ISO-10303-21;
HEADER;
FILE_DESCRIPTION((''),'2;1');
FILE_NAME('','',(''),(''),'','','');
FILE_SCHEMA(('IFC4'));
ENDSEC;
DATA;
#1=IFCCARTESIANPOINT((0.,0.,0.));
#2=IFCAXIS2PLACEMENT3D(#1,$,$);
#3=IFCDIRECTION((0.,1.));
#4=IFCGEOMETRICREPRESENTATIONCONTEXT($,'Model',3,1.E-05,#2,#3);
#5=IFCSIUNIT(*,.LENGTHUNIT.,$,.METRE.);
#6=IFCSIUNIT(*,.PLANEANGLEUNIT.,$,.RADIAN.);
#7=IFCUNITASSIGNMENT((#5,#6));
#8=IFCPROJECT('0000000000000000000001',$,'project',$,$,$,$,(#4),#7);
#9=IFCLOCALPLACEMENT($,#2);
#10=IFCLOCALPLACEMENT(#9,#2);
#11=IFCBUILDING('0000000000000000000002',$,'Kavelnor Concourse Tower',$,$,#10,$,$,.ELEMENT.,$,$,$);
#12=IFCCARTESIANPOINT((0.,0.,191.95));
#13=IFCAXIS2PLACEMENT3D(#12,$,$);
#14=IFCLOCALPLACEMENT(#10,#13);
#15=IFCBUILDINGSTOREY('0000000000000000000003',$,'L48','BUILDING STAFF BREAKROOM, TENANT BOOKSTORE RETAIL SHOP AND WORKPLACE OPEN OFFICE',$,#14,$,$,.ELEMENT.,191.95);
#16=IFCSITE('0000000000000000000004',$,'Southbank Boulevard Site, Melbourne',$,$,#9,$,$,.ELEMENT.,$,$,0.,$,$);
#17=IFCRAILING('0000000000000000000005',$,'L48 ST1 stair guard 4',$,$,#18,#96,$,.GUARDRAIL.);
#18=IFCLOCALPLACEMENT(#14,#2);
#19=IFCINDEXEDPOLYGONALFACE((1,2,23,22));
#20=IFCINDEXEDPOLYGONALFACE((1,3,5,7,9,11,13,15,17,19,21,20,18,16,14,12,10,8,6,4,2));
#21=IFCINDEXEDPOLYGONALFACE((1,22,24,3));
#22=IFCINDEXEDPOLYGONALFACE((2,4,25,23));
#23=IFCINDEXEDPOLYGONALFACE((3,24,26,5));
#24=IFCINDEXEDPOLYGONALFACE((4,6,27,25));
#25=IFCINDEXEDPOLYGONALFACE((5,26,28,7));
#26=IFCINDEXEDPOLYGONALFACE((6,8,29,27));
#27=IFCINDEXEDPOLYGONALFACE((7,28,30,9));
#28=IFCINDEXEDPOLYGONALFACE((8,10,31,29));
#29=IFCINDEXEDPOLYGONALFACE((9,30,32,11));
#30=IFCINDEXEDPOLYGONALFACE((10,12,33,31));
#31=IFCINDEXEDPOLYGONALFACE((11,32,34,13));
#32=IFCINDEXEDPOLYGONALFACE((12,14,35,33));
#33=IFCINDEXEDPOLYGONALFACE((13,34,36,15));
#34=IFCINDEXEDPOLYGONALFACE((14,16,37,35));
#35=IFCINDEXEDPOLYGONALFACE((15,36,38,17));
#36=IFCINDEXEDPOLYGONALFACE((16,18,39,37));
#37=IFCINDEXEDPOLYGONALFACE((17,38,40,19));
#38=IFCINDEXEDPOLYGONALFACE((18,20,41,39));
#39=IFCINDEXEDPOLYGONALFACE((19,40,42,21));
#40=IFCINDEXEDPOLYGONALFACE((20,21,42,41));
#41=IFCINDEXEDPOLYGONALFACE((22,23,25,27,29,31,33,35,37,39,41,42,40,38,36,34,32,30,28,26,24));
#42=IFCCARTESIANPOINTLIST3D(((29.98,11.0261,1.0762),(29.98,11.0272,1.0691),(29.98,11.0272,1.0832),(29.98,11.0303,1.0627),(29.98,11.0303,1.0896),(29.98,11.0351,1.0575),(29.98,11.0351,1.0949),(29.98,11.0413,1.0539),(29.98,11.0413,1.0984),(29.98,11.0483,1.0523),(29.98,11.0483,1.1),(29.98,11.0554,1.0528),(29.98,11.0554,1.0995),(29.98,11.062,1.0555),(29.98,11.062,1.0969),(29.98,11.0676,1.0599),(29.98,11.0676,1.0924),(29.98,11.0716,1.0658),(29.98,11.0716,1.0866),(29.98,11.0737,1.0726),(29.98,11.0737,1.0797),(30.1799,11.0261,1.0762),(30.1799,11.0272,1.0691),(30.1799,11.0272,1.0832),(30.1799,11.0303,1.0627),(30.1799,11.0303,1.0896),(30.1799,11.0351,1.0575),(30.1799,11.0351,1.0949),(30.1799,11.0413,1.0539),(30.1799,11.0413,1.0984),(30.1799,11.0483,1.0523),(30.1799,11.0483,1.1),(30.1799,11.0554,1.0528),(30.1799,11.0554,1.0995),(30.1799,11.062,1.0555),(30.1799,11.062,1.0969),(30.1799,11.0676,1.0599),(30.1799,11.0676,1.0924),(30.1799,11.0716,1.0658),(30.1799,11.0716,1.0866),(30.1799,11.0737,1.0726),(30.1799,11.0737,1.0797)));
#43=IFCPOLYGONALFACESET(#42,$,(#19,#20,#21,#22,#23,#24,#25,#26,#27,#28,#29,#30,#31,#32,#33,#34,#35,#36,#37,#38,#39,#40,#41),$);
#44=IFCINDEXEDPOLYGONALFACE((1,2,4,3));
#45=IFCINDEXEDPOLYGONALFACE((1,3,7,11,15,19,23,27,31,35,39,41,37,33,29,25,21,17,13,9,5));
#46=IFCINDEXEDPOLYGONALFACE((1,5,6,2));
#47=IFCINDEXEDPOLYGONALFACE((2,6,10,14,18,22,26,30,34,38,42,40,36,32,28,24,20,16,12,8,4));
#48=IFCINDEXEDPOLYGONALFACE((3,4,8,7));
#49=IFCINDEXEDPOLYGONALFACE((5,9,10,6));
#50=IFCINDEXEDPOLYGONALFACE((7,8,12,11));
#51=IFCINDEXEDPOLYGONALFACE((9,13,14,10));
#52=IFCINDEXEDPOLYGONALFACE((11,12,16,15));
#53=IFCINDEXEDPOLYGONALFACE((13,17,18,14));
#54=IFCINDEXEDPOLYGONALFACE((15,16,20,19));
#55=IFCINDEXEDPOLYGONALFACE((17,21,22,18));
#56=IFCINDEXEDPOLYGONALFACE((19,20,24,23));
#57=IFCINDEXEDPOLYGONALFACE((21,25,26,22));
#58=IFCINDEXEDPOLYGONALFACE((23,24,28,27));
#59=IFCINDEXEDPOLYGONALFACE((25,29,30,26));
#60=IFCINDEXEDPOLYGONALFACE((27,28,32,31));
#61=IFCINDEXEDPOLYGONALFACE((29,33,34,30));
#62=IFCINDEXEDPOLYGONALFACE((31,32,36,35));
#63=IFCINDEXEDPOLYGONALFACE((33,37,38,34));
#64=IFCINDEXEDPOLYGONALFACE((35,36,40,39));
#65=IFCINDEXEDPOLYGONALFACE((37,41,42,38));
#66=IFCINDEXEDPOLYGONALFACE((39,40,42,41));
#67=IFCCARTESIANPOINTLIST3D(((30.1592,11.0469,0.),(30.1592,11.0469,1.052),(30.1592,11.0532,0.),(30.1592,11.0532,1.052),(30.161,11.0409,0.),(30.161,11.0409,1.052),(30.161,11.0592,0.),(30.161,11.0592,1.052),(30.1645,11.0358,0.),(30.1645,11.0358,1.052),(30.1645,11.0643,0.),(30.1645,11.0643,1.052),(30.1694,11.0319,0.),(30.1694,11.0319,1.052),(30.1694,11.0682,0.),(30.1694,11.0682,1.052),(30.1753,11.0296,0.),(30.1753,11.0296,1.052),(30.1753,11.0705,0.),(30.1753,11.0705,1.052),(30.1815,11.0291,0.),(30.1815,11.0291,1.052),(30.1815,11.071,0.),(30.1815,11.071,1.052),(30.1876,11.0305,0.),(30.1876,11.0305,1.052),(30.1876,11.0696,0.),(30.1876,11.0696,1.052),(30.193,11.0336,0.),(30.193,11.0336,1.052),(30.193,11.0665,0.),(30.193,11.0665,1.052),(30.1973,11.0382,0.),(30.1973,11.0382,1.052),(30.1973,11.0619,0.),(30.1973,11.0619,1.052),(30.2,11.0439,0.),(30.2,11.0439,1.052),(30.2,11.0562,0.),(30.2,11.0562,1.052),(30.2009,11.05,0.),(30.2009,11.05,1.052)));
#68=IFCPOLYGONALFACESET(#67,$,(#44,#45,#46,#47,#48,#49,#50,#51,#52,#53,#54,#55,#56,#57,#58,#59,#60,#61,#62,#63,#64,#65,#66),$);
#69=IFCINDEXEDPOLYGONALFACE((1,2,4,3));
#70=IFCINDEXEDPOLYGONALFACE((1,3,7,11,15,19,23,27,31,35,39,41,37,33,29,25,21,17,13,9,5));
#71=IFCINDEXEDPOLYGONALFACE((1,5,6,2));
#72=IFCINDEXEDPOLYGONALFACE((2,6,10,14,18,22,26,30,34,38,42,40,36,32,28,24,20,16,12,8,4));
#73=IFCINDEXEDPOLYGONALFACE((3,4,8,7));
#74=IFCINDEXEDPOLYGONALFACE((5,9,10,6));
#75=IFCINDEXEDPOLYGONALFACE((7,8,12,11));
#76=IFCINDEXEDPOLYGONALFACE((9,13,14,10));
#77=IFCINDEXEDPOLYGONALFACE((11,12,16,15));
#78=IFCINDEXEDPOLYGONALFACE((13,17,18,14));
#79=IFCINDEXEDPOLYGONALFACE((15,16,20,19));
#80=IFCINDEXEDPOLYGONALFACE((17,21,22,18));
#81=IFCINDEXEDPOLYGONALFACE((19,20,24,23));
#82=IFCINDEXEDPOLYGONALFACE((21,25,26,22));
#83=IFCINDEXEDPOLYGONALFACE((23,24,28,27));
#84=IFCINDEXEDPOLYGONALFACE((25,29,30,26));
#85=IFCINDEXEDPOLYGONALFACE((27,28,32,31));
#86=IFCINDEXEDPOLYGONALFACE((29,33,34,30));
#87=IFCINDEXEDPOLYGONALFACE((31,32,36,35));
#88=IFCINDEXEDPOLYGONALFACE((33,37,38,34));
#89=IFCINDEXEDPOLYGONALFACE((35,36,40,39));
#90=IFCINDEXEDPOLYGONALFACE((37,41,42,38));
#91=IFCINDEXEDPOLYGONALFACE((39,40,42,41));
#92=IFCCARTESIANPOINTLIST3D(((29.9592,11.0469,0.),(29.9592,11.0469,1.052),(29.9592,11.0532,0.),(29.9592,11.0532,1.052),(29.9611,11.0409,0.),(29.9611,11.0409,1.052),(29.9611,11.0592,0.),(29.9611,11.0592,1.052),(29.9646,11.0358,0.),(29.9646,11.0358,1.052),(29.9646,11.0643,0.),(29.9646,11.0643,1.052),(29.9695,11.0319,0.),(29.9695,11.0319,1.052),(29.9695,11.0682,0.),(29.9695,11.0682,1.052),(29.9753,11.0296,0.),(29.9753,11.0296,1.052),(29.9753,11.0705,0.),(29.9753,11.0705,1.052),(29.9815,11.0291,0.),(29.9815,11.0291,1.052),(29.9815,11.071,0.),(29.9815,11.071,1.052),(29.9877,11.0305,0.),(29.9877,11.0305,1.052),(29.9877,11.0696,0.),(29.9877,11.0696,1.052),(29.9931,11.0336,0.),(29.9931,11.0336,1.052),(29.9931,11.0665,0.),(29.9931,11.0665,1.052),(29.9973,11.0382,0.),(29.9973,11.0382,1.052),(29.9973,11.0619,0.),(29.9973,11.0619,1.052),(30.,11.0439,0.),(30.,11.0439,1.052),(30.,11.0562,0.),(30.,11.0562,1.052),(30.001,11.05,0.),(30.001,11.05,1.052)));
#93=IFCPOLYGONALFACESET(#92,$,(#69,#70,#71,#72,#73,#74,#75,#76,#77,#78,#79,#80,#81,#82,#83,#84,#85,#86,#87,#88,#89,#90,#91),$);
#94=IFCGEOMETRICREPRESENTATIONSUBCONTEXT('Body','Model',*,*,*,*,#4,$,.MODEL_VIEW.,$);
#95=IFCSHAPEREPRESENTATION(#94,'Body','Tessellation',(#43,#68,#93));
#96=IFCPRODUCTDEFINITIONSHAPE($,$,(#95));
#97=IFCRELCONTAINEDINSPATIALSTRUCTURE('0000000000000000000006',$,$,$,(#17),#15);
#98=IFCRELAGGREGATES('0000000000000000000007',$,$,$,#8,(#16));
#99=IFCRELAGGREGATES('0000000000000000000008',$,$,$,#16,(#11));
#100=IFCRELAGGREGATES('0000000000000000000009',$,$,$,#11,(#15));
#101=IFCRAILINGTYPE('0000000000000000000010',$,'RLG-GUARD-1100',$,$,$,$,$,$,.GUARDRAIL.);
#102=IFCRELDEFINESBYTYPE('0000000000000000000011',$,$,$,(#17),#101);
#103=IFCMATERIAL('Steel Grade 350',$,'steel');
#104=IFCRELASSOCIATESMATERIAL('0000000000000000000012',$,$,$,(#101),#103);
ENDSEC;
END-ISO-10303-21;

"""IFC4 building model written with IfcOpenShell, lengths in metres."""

from ifc_helpers import new_model, si_unit, direction, frame, origin, origin_2d, place, context, subcontext, project, spatial, circle, extrude, material, type_object, element, save


model = new_model("IFC4")

# Units and contexts
model_context = context("Model", 3, precision=1e-05, world=origin(), true_north=direction((0.0, 1.0)))
body_context = subcontext(model_context, "Body", "Model", "MODEL_VIEW")
ifc_project = project(units=[si_unit("LENGTHUNIT", "METRE"), si_unit("PLANEANGLEUNIT", "RADIAN")], contexts=[model_context])

# Site, building, storey
site_placement = place(None, origin())
site = spatial("IfcSite", under=ifc_project, at=site_placement, Name="Southbank Boulevard Site, Melbourne", CompositionType="ELEMENT", RefElevation=0.0)
building_placement = place(site_placement, origin())
building = spatial("IfcBuilding", under=site, at=building_placement, Name="Kavelnor Concourse Tower", CompositionType="ELEMENT")
storey_placement = place(building_placement, frame((0.0, 0.0, 191.95)))
storey = spatial("IfcBuildingStorey", under=building, at=storey_placement, Name="L48", Description="BUILDING STAFF BREAKROOM, TENANT BOOKSTORE RETAIL SHOP AND WORKPLACE OPEN OFFICE", CompositionType="ELEMENT", Elevation=191.95)

# Shared definitions
ifc_material_1 = material(Name="Steel Grade 350", Category="steel")

# Railing
railing_type_1 = type_object("IfcRailingType", Name="RLG-GUARD-1100", PredefinedType="GUARDRAIL", material=ifc_material_1)
railing_1_placement = place(storey_placement, frame((30.1799, 11.05, 0.0)))
element("IfcRailing", 1, at=railing_1_placement, inside=storey, type_object=railing_type_1, Name="L48 ST1 stair guard 4", PredefinedType="GUARDRAIL", context=body_context, shape_type="SweptSolid", body=[
    extrude(circle(Radius=0.0239, at=origin_2d()), frame((0.0, 0.0, 1.0762), z_axis=(-1.0, 0.0, 0.0), x_axis=(0.0, -1.0, 0.0)), (0.0, 0.0, 1.0), 0.2),
    extrude(circle(Radius=0.021, at=origin_2d()), origin(), (0.0, 0.0, 1.0), 1.052),
    extrude(circle(Radius=0.021, at=origin_2d()), frame((-0.2, 0.0, 0.0)), (0.0, 0.0, 1.0), 1.052),
])

save(model, "model.ifc")
